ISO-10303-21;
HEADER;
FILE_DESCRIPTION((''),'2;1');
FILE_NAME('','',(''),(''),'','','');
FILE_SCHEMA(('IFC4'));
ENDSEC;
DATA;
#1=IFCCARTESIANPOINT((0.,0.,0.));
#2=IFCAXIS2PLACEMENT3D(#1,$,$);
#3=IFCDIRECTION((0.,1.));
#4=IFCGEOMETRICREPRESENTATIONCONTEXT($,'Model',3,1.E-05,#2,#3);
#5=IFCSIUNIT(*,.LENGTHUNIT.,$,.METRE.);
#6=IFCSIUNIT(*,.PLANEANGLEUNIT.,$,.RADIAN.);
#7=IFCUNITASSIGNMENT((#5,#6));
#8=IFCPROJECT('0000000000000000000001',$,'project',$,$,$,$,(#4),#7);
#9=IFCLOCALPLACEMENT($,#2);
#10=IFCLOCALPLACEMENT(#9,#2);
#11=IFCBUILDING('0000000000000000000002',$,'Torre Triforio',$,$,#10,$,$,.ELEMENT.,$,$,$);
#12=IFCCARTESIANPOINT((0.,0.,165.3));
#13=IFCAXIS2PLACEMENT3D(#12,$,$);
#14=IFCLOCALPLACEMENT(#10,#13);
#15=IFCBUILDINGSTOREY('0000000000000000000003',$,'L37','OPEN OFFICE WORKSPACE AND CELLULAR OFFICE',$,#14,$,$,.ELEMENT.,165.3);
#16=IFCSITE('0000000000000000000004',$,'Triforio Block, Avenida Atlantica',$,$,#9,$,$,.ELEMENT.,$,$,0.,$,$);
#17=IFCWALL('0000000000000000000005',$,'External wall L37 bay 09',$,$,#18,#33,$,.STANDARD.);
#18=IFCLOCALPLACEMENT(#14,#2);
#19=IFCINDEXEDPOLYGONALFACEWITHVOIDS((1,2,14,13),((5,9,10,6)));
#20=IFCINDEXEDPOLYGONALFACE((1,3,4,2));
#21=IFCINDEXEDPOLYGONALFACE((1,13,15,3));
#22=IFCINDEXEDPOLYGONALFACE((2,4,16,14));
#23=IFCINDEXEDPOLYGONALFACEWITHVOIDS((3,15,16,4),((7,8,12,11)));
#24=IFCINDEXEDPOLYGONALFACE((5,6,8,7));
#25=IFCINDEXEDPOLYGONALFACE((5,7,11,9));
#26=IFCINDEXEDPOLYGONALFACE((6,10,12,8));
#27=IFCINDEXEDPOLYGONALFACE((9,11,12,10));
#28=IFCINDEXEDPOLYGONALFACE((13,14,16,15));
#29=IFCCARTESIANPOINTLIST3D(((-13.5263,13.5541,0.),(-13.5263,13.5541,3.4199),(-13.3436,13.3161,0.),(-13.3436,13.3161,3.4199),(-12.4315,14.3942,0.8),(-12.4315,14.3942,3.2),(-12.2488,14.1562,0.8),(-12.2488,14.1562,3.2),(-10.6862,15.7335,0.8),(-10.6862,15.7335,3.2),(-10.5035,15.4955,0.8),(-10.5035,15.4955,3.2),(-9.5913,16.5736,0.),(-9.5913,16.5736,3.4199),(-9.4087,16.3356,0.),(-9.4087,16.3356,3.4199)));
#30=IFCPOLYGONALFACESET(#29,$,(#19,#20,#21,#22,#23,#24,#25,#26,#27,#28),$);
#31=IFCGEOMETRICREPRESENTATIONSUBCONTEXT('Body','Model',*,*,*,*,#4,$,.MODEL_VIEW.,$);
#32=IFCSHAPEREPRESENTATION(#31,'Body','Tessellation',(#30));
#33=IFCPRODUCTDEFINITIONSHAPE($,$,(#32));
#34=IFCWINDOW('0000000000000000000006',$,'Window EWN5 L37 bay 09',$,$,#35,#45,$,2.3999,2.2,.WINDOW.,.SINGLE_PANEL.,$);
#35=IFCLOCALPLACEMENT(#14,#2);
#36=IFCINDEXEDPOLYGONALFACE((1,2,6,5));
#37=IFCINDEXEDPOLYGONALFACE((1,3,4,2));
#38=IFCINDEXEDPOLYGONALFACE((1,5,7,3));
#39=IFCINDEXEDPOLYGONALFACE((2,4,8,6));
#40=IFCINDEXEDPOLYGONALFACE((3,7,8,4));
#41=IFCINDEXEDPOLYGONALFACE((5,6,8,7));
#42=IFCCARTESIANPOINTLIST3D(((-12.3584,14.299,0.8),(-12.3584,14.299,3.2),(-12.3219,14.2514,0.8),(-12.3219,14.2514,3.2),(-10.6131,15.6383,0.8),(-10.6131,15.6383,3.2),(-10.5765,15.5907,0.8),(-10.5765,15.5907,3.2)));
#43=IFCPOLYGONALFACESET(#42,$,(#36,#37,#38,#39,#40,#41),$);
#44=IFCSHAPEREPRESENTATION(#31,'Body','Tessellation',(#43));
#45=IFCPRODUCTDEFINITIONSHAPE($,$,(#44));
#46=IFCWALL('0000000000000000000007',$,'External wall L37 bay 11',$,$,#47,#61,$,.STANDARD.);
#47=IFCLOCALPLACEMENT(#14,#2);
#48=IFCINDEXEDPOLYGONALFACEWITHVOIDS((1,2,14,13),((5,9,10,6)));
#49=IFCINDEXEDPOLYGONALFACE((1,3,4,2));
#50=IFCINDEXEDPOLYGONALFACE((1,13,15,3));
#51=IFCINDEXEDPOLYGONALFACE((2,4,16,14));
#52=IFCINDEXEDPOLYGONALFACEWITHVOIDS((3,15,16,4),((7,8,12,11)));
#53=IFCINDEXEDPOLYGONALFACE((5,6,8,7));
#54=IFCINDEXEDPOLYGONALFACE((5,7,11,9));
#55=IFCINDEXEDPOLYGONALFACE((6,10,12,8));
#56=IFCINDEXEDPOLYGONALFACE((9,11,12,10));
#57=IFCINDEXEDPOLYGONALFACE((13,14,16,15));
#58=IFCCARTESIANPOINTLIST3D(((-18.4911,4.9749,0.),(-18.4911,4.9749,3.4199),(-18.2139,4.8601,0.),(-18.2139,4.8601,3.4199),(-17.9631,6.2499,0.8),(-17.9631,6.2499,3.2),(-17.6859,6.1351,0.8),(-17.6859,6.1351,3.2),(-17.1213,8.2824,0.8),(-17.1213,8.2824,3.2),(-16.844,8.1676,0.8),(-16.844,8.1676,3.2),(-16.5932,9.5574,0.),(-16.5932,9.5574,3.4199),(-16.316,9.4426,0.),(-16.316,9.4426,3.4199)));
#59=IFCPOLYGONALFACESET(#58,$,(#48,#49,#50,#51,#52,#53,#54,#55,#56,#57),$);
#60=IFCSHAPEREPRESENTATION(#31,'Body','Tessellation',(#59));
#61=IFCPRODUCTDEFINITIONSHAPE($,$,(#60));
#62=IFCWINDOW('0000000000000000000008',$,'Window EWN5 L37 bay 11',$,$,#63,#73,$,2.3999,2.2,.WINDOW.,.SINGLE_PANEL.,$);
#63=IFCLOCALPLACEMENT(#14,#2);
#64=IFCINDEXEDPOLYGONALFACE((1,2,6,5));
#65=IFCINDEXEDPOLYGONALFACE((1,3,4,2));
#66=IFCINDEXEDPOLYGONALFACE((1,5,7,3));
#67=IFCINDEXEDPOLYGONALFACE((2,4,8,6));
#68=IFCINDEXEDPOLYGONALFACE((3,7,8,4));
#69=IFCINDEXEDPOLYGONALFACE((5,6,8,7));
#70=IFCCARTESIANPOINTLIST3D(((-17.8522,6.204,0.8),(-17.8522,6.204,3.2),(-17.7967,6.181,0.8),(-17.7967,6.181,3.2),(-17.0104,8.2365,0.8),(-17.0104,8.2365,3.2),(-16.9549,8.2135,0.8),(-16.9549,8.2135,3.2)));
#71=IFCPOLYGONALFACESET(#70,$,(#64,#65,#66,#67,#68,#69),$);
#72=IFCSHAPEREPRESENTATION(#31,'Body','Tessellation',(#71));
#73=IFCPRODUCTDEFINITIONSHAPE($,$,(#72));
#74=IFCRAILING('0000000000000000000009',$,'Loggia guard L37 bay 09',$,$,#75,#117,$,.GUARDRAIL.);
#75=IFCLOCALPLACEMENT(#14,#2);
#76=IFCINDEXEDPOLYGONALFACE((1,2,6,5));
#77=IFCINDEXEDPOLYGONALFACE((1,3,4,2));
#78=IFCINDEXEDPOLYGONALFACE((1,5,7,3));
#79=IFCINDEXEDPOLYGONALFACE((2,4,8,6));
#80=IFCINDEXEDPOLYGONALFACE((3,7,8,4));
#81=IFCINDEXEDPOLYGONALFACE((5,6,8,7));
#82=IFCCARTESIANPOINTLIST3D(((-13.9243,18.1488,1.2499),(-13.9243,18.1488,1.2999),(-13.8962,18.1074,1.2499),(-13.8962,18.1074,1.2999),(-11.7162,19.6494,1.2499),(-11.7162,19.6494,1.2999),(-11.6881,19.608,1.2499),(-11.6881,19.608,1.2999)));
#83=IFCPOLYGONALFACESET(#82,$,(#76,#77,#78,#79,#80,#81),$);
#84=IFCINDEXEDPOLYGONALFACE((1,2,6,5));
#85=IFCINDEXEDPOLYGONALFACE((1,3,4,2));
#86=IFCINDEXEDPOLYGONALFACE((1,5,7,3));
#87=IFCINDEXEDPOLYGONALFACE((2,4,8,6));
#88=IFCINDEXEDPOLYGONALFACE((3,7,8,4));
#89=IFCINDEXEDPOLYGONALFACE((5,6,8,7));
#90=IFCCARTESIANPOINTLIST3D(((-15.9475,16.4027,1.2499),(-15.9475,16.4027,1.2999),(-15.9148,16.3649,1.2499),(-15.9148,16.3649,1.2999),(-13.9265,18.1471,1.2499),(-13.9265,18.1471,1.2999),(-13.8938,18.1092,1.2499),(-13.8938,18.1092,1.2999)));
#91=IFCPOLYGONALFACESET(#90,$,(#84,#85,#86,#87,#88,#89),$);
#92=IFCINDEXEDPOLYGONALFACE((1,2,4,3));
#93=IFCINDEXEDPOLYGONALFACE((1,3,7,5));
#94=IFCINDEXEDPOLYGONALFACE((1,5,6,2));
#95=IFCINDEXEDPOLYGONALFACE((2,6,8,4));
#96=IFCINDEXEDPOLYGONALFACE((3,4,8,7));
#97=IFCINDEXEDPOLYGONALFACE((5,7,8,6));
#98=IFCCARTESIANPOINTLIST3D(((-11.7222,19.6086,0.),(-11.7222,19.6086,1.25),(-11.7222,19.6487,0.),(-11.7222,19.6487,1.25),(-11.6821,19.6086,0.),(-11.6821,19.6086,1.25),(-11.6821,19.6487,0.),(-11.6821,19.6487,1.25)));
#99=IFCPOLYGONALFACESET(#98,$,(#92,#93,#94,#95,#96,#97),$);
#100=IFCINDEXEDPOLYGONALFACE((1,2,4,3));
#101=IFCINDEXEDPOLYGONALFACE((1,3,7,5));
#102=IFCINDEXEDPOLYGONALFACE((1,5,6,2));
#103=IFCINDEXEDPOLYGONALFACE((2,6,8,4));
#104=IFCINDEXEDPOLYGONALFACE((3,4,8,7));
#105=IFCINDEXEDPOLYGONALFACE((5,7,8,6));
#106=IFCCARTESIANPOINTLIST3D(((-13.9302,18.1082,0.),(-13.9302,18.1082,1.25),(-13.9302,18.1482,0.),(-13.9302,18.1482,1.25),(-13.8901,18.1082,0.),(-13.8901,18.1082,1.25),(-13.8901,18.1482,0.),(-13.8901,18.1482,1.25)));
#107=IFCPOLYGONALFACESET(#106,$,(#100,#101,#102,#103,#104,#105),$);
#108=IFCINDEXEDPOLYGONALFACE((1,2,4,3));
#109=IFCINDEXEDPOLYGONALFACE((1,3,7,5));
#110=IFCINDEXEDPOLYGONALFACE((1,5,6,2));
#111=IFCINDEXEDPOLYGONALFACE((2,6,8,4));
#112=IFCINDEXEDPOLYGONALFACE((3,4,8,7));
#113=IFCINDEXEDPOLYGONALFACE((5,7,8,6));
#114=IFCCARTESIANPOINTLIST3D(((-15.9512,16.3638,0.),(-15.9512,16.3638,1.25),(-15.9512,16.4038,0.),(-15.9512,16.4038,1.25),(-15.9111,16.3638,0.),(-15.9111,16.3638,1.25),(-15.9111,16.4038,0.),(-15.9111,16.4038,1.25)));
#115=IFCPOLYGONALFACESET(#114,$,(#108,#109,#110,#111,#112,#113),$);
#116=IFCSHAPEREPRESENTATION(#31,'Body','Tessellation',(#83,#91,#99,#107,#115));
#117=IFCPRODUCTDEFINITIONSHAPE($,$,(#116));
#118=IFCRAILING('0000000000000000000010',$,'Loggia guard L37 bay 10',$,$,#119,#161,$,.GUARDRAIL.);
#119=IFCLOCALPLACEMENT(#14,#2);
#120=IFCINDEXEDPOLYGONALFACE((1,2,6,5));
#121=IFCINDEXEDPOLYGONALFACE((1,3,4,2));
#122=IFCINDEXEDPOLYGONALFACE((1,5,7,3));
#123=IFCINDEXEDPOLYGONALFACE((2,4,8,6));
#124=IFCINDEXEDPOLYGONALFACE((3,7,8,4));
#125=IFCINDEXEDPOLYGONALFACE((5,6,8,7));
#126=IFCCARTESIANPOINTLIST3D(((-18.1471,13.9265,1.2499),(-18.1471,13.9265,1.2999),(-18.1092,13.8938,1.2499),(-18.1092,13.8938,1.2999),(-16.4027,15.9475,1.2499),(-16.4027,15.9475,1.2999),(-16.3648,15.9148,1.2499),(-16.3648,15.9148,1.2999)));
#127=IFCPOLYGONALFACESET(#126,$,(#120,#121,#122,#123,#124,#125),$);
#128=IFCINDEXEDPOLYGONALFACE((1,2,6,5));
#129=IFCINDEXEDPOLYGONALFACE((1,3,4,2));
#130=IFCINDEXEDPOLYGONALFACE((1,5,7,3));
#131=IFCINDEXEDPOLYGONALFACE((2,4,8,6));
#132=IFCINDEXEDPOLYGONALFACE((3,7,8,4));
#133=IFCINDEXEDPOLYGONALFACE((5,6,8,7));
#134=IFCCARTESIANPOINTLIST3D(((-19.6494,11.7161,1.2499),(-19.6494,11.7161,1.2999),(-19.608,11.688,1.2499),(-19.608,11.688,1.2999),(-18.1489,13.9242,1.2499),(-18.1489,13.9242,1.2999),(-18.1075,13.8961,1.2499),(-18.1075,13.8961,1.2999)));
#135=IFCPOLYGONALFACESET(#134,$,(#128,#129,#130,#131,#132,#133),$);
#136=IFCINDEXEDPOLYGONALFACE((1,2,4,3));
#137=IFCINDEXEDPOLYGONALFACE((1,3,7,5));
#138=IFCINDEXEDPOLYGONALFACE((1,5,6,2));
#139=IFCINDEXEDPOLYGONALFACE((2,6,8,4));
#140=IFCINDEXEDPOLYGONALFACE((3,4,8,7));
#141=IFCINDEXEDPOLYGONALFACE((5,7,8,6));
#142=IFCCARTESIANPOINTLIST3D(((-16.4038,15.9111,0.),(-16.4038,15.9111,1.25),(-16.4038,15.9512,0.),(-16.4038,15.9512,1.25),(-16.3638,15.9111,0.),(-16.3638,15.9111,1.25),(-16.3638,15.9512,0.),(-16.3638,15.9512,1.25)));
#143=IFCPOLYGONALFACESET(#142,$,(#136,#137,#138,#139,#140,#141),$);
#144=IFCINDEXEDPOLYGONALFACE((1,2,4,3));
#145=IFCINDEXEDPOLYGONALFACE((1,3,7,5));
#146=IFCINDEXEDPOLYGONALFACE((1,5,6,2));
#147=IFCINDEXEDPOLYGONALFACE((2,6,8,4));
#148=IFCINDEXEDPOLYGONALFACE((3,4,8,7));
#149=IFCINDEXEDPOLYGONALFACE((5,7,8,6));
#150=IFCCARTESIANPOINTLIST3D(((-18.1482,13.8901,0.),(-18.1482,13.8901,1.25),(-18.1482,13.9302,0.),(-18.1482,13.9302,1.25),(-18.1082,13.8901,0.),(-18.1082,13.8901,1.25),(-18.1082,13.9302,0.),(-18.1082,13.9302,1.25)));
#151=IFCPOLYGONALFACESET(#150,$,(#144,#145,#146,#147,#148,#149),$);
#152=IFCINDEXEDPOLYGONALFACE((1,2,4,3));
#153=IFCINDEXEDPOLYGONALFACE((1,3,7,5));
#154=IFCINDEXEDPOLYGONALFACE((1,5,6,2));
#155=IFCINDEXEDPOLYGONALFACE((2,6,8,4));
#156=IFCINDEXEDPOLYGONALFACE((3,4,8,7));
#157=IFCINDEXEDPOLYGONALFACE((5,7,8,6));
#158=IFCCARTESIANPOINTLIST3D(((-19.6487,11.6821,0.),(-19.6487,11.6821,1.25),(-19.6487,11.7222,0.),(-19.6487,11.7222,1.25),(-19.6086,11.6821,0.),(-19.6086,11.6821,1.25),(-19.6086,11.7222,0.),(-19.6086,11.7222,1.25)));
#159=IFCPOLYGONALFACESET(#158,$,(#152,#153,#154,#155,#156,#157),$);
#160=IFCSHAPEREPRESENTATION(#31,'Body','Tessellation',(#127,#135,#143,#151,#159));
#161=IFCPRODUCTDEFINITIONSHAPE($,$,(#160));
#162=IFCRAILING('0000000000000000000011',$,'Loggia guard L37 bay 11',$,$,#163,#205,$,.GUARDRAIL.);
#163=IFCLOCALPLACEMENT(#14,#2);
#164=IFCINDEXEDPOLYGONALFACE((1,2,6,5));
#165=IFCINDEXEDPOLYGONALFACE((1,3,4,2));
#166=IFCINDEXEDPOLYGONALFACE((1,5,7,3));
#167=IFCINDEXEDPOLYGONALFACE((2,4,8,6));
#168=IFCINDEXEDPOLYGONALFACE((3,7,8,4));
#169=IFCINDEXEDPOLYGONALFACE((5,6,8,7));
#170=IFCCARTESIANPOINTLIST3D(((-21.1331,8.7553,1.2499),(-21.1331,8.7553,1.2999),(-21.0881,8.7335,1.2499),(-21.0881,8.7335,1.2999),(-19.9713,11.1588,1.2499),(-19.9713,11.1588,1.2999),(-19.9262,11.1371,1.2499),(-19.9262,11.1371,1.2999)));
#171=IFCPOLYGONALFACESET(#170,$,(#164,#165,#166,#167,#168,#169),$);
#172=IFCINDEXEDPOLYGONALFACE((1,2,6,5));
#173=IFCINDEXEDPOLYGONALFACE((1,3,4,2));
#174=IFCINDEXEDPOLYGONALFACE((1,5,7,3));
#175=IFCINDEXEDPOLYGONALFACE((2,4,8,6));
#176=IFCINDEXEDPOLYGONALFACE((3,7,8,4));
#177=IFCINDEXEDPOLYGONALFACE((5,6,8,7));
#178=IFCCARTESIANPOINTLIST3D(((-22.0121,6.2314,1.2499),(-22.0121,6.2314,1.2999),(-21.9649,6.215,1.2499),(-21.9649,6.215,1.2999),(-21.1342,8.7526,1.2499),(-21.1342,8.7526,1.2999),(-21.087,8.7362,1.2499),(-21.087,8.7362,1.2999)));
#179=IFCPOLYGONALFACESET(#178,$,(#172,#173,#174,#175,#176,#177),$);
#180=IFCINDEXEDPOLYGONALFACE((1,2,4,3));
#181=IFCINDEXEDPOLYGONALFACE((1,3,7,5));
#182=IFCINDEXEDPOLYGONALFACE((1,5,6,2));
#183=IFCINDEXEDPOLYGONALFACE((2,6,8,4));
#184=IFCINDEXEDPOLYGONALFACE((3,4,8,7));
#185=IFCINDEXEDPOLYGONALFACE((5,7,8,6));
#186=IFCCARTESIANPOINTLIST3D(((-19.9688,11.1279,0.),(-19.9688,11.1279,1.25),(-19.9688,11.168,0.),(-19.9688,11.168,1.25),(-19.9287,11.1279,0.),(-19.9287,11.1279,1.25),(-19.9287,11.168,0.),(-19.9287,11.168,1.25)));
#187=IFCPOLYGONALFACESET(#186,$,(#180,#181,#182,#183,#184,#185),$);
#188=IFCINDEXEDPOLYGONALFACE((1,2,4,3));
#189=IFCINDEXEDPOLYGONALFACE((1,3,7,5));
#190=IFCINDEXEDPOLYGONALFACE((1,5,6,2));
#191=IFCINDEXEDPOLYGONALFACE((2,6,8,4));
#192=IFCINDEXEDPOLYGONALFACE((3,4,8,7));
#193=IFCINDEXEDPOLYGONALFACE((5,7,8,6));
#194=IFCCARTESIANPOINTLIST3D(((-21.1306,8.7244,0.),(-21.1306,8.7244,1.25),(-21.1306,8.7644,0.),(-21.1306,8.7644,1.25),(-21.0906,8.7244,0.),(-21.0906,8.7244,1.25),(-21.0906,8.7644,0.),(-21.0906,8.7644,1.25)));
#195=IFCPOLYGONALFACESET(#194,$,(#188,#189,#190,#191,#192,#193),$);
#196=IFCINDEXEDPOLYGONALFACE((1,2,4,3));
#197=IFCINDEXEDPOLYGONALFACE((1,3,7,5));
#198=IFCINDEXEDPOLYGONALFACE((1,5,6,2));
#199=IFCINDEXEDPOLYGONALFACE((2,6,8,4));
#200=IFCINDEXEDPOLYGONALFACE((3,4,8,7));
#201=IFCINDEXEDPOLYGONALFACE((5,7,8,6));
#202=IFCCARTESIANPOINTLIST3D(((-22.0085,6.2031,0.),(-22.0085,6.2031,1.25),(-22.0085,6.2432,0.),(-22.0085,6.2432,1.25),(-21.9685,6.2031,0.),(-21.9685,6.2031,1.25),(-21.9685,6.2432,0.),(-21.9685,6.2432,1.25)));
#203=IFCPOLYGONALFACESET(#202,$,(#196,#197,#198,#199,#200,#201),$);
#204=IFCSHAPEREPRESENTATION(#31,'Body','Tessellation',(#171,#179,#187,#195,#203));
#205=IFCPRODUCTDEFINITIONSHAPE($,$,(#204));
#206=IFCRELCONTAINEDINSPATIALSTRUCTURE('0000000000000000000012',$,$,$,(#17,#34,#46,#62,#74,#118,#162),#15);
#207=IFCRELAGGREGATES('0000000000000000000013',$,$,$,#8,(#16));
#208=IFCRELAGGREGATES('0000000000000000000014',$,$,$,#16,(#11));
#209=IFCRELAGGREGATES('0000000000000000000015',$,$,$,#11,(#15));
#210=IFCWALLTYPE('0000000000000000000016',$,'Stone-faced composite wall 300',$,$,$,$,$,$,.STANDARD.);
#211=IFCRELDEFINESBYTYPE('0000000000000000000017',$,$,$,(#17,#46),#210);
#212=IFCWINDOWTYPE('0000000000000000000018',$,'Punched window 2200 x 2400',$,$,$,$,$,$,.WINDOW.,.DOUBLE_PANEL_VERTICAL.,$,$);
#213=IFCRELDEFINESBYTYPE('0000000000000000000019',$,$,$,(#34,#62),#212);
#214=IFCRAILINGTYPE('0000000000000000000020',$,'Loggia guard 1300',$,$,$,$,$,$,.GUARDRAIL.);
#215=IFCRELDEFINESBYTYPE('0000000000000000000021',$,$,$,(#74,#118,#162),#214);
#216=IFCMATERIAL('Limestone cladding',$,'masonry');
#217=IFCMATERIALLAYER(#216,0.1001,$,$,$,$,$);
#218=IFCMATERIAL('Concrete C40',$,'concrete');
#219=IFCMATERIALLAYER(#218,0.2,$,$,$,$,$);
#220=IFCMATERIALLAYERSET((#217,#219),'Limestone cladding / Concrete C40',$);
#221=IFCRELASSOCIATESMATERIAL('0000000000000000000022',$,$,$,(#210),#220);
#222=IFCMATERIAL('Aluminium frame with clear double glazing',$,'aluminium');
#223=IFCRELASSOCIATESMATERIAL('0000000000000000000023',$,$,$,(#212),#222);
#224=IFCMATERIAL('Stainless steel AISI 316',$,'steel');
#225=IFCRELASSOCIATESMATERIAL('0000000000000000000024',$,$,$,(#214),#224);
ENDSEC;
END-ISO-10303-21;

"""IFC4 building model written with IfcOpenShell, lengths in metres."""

from ifc_helpers import new_model, si_unit, direction, frame, frame_2d, origin, origin_2d, place, context, subcontext, project, spatial, rectangle, extrude, material, layer, layer_set, type_object, element, fill, save


model = new_model("IFC4")

# Units and contexts
model_context = context("Model", 3, precision=1e-05, world=origin(), true_north=direction((0.0, 1.0)))
body_context = subcontext(model_context, "Body", "Model", "MODEL_VIEW")
ifc_project = project(units=[si_unit("LENGTHUNIT", "METRE"), si_unit("PLANEANGLEUNIT", "RADIAN")], contexts=[model_context])

# Site, building, storey
site_placement = place(None, origin())
site = spatial("IfcSite", under=ifc_project, at=site_placement, Name="Triforio Block, Avenida Atlantica", CompositionType="ELEMENT", RefElevation=0.0)
building_placement = place(site_placement, origin())
building = spatial("IfcBuilding", under=site, at=building_placement, Name="Torre Triforio", CompositionType="ELEMENT")
storey_placement = place(building_placement, frame((0.0, 0.0, 165.3)))
storey = spatial("IfcBuildingStorey", under=building, at=storey_placement, Name="L37", Description="OPEN OFFICE WORKSPACE AND CELLULAR OFFICE", CompositionType="ELEMENT", Elevation=165.3)

# Shared definitions
ifc_material_1 = material(Name="Concrete C40", Category="concrete")

# Shared definitions
ifc_material_2 = material(Name="Limestone cladding", Category="masonry")

# Wall, opening, window
ifc_layer_1 = layer(ifc_material_2, 0.1001)
ifc_layer_2 = layer(ifc_material_1, 0.2)
ifc_layer_set_1 = layer_set([ifc_layer_1, ifc_layer_2], Name="Limestone cladding / Concrete C40")
wall_type_1 = type_object("IfcWallType", Name="Stone-faced composite wall 300", PredefinedType="STANDARD", material=ifc_layer_set_1)
wall_1_placement = place(storey_placement, frame((-9.5, 16.4546, 0.0), z_axis=(0.0, 0.0, 1.0), x_axis=(-0.793348, -0.608768, 0.0)))
wall_1 = element("IfcWall", 1, at=wall_1_placement, inside=storey, type_object=wall_type_1, Name="External wall L37 bay 09", PredefinedType="STANDARD", context=body_context, shape_type="SweptSolid", body=[
    extrude(rectangle(XDim=4.96, YDim=0.3, at=frame_2d((2.48, 0.0))), origin(), (0.0, 0.0, 1.0), 3.4199),
])
opening_1_placement = place(wall_1_placement, frame((1.3799, 0.0, 0.8)))
opening_1 = element("IfcOpeningElement", 2, at=opening_1_placement, cuts=wall_1, PredefinedType="OPENING", context=body_context, shape_type="SweptSolid", body=[
    extrude(rectangle(XDim=2.2, YDim=2.3999, at=frame_2d((1.1001, 1.2))), frame((0.0, 0.1599, 0.0), z_axis=(0.0, -1.0, 0.0), x_axis=(1.0, 0.0, 0.0)), (0.0, 0.0, 1.0), 0.3201),
])
ifc_material_3 = material(Name="Aluminium frame with clear double glazing", Category="aluminium")
window_type_1 = type_object("IfcWindowType", Name="Punched window 2200 x 2400", PartitioningType="DOUBLE_PANEL_VERTICAL", PredefinedType="WINDOW", material=ifc_material_3)
window_1_placement = place(opening_1_placement, origin())
window_1 = element("IfcWindow", 3, at=window_1_placement, inside=storey, type_object=window_type_1, Name="Window EWN5 L37 bay 09", OverallHeight=2.3999, OverallWidth=2.2, PartitioningType="SINGLE_PANEL", PredefinedType="WINDOW", context=body_context, shape_type="SweptSolid", body=[
    extrude(rectangle(XDim=2.2, YDim=2.3999, at=frame_2d((1.1001, 1.2))), frame((0.0, 0.03, 0.0), z_axis=(0.0, -1.0, 0.0), x_axis=(1.0, 0.0, 0.0)), (0.0, 0.0, 1.0), 0.0601),
])
fill(opening_1, window_1)

# Wall, opening, window
wall_2_placement = place(storey_placement, frame((-16.4546, 9.5, 0.0), z_axis=(0.0, 0.0, 1.0), x_axis=(-0.38265, -0.923893, 0.0)))
wall_2 = element("IfcWall", 4, at=wall_2_placement, inside=storey, type_object=wall_type_1, Name="External wall L37 bay 11", PredefinedType="STANDARD", context=body_context, shape_type="SweptSolid", body=[
    extrude(rectangle(XDim=4.96, YDim=0.3, at=frame_2d((2.48, 0.0))), origin(), (0.0, 0.0, 1.0), 3.4199),
])
opening_2_placement = place(wall_2_placement, frame((1.3799, 0.0, 0.8)))
opening_2 = element("IfcOpeningElement", 5, at=opening_2_placement, cuts=wall_2, PredefinedType="OPENING", context=body_context, shape_type="SweptSolid", body=[
    extrude(rectangle(XDim=2.2, YDim=2.3999, at=frame_2d((1.1001, 1.2))), frame((0.0, 0.1599, 0.0), z_axis=(0.0, -1.0, 0.0), x_axis=(1.0, 0.0, 0.0)), (0.0, 0.0, 1.0), 0.3201),
])
window_2_placement = place(opening_2_placement, origin())
window_2 = element("IfcWindow", 6, at=window_2_placement, inside=storey, type_object=window_type_1, Name="Window EWN5 L37 bay 11", OverallHeight=2.3999, OverallWidth=2.2, PartitioningType="SINGLE_PANEL", PredefinedType="WINDOW", context=body_context, shape_type="SweptSolid", body=[
    extrude(rectangle(XDim=2.2, YDim=2.3999, at=frame_2d((1.1001, 1.2))), frame((0.0, 0.03, 0.0), z_axis=(0.0, -1.0, 0.0), x_axis=(1.0, 0.0, 0.0)), (0.0, 0.0, 1.0), 0.0601),
])
fill(opening_2, window_2)

# Railings
ifc_material_4 = material(Name="Stainless steel AISI 316", Category="steel")
railing_type = type_object("IfcRailingType", Name="Loggia guard 1300", PredefinedType="GUARDRAIL", material=ifc_material_4)
railing_1_placement = place(storey_placement, frame((-11.7021, 19.6287, 0.0)))
element("IfcRailing", 7, at=railing_1_placement, inside=storey, type_object=railing_type, Name="Loggia guard L37 bay 09", PredefinedType="GUARDRAIL", context=body_context, shape_type="SweptSolid", body=[
    extrude(rectangle(XDim=0.05, YDim=0.05, at=origin_2d()), frame((0.0, 0.0, 1.2749), z_axis=(-0.827093, -0.562065, 0.0), x_axis=(0.562065, -0.827093, 0.0)), (0.0, 0.0, 1.0), 2.6697),
    extrude(rectangle(XDim=0.05, YDim=0.05, at=origin_2d()), frame((-2.208, -1.5005, 1.2749), z_axis=(-0.757012, -0.653401, 0.0), x_axis=(0.653401, -0.757012, 0.0)), (0.0, 0.0, 1.0), 2.6697),
    extrude(rectangle(XDim=0.04, YDim=0.04, at=origin_2d()), origin(), (0.0, 0.0, 1.0), 1.25),
    extrude(rectangle(XDim=0.04, YDim=0.04, at=origin_2d()), frame((-2.208, -1.5005, 0.0)), (0.0, 0.0, 1.0), 1.25),
    extrude(rectangle(XDim=0.04, YDim=0.04, at=origin_2d()), frame((-4.229, -3.2449, 0.0)), (0.0, 0.0, 1.0), 1.25),
])
railing_2_placement = place(storey_placement, frame((-16.3838, 15.9312, 0.0)))
element("IfcRailing", 8, at=railing_2_placement, inside=storey, type_object=railing_type, Name="Loggia guard L37 bay 10", PredefinedType="GUARDRAIL", context=body_context, shape_type="SweptSolid", body=[
    extrude(rectangle(XDim=0.05, YDim=0.05, at=origin_2d()), frame((0.0, 0.0, 1.2749), z_axis=(-0.653401, -0.757012, 0.0), x_axis=(0.757012, -0.653401, 0.0)), (0.0, 0.0, 1.0), 2.6697),
    extrude(rectangle(XDim=0.05, YDim=0.05, at=origin_2d()), frame((-1.7444, -2.021, 1.2749), z_axis=(-0.562065, -0.827093, 0.0), x_axis=(0.827093, -0.562065, 0.0)), (0.0, 0.0, 1.0), 2.6697),
    extrude(rectangle(XDim=0.04, YDim=0.04, at=origin_2d()), origin(), (0.0, 0.0, 1.0), 1.25),
    extrude(rectangle(XDim=0.04, YDim=0.04, at=origin_2d()), frame((-1.7444, -2.021, 0.0)), (0.0, 0.0, 1.0), 1.25),
    extrude(rectangle(XDim=0.04, YDim=0.04, at=origin_2d()), frame((-3.2449, -4.229, 0.0)), (0.0, 0.0, 1.0), 1.25),
])
railing_3_placement = place(storey_placement, frame((-19.9487, 11.1479, 0.0)))
element("IfcRailing", 9, at=railing_3_placement, inside=storey, type_object=railing_type, Name="Loggia guard L37 bay 11", PredefinedType="GUARDRAIL", context=body_context, shape_type="SweptSolid", body=[
    extrude(rectangle(XDim=0.05, YDim=0.05, at=origin_2d()), frame((0.0, 0.0, 1.2749), z_axis=(-0.435212, -0.900328, 0.0), x_axis=(0.900328, -0.435212, 0.0)), (0.0, 0.0, 1.0), 2.6697),
    extrude(rectangle(XDim=0.05, YDim=0.05, at=origin_2d()), frame((-1.1619, -2.4036, 1.2749), z_axis=(-0.328847, -0.944383, 0.0), x_axis=(0.944383, -0.328847, 0.0)), (0.0, 0.0, 1.0), 2.6697),
    extrude(rectangle(XDim=0.04, YDim=0.04, at=origin_2d()), origin(), (0.0, 0.0, 1.0), 1.25),
    extrude(rectangle(XDim=0.04, YDim=0.04, at=origin_2d()), frame((-1.1619, -2.4036, 0.0)), (0.0, 0.0, 1.0), 1.25),
    extrude(rectangle(XDim=0.04, YDim=0.04, at=origin_2d()), frame((-2.0398, -4.9248, 0.0)), (0.0, 0.0, 1.0), 1.25),
])

save(model, "model.ifc")
